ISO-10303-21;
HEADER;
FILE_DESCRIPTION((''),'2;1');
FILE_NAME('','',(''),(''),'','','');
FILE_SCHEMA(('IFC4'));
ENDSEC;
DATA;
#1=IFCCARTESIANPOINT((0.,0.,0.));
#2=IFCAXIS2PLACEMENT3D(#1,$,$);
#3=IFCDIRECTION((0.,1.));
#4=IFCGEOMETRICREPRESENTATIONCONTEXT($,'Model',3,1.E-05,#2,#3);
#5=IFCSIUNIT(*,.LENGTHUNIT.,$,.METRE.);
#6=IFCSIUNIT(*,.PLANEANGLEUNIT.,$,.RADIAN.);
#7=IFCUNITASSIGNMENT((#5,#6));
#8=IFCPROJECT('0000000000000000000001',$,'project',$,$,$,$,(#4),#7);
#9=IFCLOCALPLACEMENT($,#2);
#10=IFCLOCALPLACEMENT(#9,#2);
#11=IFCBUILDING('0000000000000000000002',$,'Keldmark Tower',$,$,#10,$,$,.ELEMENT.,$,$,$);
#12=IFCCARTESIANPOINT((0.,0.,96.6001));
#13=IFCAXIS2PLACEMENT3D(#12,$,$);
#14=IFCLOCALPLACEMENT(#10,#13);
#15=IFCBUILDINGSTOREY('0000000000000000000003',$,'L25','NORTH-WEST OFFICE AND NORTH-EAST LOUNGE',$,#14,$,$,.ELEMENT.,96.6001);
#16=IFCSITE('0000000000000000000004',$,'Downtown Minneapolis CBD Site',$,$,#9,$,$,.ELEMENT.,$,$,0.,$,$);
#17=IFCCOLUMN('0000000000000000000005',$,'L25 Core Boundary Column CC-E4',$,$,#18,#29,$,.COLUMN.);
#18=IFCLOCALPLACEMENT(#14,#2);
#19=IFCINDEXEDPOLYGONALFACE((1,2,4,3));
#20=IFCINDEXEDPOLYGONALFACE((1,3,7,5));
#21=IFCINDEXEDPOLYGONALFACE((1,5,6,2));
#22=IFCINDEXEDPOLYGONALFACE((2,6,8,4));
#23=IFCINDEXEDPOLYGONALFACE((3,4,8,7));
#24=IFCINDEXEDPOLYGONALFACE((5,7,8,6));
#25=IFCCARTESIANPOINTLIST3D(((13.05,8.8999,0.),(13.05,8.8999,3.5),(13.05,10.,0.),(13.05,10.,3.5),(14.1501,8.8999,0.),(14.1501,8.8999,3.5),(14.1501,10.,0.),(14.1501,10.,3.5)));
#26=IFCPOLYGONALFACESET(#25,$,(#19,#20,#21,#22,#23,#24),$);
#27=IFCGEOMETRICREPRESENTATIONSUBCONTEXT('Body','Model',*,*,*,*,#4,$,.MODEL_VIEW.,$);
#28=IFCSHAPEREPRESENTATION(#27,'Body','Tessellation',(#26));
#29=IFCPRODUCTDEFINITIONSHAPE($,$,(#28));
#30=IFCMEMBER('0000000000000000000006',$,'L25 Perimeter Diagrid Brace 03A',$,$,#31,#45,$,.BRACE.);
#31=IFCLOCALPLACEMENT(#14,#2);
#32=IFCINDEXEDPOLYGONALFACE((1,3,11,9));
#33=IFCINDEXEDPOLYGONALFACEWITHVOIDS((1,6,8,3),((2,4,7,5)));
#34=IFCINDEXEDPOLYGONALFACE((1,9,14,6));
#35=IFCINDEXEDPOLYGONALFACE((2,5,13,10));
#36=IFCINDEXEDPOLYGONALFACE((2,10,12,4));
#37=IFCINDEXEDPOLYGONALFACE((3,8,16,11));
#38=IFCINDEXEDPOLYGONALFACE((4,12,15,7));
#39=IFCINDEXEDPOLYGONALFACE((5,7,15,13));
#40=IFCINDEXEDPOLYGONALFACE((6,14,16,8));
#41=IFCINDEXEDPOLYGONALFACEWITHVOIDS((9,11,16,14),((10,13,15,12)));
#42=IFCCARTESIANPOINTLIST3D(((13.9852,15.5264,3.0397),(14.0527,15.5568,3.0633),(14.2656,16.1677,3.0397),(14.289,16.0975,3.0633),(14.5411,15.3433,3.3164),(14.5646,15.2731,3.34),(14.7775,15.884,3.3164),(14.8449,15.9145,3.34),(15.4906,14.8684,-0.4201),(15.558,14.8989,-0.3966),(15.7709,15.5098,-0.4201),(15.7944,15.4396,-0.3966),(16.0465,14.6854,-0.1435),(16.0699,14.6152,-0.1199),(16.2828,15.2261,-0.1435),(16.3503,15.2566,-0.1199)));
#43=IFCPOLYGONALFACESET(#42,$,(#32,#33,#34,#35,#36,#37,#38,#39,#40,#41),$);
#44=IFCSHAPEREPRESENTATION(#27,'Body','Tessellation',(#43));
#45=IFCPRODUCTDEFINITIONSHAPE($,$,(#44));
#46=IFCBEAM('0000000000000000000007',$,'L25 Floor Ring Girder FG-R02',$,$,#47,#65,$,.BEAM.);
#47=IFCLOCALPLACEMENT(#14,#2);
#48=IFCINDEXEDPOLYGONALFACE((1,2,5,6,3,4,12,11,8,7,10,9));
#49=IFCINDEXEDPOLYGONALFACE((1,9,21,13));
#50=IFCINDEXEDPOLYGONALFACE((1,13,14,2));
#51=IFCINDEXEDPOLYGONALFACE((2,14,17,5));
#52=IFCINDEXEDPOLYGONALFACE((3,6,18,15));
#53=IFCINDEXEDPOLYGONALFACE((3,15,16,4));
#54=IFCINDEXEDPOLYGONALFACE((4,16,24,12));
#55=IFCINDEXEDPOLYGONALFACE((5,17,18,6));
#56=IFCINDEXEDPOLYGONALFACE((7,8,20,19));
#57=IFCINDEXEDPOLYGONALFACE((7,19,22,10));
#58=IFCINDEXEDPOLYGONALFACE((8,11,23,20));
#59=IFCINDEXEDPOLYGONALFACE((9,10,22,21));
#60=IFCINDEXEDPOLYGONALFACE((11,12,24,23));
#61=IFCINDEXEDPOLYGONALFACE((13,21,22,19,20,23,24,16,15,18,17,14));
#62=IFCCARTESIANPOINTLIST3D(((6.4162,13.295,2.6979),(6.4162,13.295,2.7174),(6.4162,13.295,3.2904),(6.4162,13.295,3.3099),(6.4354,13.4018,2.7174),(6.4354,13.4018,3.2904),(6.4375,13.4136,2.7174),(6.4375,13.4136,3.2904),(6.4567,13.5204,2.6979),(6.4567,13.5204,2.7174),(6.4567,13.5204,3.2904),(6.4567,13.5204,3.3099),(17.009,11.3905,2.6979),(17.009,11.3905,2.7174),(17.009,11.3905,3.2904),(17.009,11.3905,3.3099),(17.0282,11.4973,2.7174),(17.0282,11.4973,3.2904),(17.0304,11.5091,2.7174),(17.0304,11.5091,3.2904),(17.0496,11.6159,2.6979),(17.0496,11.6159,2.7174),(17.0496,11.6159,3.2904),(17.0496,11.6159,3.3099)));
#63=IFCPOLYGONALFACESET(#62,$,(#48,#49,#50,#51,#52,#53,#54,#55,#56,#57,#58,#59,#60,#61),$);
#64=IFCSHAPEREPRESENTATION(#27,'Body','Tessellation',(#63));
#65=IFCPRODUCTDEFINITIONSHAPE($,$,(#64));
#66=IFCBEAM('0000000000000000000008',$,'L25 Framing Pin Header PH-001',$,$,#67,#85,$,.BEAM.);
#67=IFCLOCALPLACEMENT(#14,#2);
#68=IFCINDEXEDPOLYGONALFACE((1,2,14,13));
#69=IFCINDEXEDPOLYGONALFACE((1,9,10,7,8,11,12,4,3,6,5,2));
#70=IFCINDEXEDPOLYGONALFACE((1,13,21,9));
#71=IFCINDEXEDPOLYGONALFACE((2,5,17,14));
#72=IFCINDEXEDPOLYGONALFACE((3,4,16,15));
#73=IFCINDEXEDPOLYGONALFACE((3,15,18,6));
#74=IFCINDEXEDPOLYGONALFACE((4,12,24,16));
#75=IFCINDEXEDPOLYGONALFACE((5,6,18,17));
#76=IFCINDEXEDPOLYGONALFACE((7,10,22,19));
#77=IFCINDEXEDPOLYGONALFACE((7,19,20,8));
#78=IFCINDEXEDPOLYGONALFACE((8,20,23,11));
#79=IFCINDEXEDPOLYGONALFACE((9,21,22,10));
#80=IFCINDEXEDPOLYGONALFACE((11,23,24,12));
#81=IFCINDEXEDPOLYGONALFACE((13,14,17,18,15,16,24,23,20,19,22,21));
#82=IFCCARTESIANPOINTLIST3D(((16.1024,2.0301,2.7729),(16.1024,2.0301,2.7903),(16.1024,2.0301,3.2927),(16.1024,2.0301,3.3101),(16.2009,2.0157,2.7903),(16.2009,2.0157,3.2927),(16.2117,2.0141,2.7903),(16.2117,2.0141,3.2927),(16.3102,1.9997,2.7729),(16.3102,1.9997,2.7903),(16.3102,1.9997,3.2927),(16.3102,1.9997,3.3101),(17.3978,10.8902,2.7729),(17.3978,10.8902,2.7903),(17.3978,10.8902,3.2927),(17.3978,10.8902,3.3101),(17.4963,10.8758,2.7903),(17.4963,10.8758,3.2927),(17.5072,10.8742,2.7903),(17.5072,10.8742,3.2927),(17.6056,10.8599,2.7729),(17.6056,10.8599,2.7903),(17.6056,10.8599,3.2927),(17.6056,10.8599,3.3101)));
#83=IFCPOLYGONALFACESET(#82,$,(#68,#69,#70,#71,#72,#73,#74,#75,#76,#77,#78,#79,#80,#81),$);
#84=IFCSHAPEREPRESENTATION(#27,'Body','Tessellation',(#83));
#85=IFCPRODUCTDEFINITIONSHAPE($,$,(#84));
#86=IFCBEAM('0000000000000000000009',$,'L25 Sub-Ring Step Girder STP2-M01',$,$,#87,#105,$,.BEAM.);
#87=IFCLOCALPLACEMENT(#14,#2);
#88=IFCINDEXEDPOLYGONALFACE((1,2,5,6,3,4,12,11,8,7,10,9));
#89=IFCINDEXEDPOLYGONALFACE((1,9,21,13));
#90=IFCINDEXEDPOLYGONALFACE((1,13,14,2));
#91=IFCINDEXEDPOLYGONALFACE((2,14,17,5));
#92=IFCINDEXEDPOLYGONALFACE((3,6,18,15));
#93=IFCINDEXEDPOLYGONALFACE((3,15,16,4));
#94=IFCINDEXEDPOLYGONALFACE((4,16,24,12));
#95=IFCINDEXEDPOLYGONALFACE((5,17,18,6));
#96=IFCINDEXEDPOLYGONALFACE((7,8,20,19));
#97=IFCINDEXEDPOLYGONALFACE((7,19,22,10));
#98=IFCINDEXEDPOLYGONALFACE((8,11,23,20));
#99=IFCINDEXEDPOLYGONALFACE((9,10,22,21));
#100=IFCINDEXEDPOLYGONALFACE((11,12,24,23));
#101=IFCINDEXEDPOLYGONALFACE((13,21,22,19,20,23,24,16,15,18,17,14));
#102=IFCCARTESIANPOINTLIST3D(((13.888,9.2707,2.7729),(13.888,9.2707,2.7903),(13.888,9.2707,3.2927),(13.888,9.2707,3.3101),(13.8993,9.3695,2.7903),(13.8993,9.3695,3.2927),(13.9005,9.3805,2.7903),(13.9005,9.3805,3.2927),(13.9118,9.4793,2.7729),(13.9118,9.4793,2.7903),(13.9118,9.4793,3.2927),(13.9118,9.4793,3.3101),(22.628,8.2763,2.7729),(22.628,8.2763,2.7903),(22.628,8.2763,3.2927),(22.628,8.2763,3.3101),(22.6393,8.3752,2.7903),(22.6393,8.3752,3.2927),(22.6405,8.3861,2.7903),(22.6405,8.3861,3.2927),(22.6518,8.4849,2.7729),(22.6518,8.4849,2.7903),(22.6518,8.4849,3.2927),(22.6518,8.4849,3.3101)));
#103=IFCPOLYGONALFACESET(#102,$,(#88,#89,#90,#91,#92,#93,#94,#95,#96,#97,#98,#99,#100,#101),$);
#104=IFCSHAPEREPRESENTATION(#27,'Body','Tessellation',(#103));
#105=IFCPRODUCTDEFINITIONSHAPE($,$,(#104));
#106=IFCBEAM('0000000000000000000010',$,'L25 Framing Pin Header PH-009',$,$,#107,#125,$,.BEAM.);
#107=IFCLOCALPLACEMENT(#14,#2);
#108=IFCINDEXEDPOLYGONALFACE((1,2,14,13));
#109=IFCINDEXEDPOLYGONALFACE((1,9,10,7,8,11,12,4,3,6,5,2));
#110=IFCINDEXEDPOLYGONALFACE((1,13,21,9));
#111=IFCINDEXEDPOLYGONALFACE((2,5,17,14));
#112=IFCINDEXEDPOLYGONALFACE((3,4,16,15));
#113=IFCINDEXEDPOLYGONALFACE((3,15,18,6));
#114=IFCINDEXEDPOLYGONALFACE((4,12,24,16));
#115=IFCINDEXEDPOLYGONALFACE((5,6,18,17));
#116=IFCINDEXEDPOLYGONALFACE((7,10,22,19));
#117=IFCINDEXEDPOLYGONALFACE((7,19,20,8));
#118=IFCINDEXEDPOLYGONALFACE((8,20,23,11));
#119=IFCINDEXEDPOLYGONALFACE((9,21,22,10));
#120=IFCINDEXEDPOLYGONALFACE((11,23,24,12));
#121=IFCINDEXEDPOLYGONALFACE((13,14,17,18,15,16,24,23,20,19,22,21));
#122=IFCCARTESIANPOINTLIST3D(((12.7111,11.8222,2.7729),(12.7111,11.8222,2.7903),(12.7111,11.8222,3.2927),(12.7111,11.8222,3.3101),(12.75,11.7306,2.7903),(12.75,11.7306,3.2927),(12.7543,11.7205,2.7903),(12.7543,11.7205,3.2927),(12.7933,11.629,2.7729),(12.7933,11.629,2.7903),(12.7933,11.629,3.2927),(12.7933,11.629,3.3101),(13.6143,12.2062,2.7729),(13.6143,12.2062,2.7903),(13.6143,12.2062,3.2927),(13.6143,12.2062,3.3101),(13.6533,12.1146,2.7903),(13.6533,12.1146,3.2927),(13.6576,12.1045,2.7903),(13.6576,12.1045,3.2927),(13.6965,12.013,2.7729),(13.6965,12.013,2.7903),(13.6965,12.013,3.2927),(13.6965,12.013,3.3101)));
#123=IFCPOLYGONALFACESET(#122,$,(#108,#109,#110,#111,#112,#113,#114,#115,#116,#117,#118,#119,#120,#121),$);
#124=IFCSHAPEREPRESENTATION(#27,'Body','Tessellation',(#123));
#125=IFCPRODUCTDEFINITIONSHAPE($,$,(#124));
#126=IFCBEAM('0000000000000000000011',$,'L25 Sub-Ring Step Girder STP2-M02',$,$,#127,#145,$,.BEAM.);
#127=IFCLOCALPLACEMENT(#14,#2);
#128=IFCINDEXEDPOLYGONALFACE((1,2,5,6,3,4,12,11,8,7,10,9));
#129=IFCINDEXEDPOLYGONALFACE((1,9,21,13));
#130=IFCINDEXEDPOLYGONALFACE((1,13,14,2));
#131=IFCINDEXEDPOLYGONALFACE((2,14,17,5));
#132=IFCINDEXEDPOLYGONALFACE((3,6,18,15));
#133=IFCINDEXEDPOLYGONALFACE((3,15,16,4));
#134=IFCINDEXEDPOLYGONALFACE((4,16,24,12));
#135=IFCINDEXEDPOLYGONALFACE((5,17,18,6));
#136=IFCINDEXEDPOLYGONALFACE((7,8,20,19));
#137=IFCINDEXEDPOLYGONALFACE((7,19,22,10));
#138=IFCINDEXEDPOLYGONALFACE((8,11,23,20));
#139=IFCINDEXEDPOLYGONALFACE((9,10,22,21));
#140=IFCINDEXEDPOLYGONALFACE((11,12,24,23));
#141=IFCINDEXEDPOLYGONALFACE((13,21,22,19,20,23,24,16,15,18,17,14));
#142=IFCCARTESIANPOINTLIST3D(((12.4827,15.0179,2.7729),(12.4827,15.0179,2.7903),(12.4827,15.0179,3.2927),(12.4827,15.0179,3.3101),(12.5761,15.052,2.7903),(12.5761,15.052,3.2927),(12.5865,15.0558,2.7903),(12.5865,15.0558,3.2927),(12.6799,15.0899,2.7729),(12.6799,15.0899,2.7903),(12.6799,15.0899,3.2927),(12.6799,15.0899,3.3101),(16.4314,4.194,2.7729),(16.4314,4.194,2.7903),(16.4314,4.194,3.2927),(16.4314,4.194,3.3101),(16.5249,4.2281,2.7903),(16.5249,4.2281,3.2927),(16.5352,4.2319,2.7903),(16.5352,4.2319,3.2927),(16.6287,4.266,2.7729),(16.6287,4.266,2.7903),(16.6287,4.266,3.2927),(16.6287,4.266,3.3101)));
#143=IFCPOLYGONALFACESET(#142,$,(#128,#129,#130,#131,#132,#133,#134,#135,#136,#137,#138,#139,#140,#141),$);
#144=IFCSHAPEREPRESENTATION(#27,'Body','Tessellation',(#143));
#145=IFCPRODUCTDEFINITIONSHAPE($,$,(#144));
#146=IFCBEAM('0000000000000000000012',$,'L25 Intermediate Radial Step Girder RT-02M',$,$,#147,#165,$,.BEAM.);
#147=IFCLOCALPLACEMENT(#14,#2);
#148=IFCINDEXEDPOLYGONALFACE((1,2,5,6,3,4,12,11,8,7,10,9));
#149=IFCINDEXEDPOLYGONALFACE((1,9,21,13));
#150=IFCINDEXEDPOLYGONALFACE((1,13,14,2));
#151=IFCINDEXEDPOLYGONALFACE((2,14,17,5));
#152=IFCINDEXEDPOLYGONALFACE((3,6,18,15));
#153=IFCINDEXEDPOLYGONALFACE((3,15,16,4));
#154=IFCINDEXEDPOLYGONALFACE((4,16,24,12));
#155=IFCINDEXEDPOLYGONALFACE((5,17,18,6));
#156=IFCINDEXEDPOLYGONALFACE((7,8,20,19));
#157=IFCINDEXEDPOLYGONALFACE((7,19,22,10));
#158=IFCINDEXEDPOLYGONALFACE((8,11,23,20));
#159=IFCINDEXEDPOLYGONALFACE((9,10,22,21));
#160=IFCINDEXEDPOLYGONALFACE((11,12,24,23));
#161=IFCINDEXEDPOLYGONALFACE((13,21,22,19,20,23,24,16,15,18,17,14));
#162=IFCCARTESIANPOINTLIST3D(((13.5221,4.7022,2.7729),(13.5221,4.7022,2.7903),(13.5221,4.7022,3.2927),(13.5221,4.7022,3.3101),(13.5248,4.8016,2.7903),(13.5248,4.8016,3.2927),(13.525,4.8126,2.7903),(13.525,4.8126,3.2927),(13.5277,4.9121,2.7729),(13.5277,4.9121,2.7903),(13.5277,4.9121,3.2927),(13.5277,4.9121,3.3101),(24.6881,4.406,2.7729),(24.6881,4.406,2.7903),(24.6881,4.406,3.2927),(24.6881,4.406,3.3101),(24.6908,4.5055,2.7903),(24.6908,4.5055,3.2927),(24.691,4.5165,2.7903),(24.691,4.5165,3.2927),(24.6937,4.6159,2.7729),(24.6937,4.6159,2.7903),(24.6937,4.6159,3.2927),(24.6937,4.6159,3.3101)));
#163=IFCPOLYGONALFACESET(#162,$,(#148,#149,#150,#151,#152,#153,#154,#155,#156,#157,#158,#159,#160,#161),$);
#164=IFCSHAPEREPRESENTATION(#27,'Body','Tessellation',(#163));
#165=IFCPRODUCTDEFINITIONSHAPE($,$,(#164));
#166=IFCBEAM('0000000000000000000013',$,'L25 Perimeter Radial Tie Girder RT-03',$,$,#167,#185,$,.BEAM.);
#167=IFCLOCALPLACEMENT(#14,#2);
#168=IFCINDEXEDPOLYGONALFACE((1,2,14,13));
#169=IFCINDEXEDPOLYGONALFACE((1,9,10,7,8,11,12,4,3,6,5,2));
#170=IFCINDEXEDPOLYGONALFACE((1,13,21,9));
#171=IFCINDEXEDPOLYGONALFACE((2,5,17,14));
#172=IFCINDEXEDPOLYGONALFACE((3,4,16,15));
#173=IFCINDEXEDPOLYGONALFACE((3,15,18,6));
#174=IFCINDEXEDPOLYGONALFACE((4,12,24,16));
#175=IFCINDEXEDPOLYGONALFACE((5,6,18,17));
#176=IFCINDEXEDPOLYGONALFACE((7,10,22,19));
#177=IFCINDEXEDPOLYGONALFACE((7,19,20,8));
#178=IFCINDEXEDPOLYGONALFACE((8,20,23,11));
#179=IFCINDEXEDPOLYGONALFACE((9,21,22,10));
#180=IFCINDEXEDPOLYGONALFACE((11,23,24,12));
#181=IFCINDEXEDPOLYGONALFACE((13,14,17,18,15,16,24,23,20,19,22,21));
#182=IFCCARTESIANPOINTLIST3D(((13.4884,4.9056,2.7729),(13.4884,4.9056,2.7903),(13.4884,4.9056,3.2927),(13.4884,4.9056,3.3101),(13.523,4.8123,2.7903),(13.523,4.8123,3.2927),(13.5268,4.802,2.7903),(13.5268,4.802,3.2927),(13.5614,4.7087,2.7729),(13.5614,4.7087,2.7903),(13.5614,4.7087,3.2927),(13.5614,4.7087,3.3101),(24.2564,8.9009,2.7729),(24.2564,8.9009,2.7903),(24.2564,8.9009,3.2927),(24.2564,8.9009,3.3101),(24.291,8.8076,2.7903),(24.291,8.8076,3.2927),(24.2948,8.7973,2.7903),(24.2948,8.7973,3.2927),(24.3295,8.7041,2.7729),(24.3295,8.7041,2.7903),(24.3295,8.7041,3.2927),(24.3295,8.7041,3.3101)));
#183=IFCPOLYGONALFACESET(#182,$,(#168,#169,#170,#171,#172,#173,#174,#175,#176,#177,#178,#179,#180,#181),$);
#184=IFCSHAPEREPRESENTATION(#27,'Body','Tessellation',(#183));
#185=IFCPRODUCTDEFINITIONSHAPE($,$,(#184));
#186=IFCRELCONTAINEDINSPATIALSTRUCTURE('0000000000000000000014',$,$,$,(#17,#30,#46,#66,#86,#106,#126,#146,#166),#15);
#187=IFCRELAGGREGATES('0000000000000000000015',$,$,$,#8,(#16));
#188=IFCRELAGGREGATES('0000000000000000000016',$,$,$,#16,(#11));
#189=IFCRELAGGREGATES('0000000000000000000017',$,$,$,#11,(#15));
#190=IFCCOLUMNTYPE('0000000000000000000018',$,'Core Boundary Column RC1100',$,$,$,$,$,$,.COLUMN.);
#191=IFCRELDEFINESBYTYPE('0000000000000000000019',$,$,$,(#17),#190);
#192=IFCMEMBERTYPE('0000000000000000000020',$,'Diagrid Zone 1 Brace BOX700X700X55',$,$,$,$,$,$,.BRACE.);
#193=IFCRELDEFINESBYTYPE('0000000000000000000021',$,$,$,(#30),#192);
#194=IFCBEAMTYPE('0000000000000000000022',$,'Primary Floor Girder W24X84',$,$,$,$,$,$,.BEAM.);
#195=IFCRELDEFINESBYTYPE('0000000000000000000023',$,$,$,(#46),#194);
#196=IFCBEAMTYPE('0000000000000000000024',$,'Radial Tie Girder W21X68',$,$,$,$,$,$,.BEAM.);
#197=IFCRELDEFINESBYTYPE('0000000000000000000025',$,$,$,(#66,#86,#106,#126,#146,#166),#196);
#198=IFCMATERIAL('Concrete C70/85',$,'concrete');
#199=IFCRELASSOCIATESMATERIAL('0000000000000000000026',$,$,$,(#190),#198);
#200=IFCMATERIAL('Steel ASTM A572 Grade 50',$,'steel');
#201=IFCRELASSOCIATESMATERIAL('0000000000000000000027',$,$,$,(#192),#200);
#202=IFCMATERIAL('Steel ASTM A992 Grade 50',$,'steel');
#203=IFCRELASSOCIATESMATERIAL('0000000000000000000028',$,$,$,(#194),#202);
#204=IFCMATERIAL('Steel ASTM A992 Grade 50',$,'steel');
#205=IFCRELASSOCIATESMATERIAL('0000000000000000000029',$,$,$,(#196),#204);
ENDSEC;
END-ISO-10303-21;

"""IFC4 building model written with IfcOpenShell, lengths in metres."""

from ifc_helpers import new_model, si_unit, direction, frame, origin, origin_2d, place, context, subcontext, project, spatial, rectangle, hollow_rectangle, i_section, extrude, material, material_profile, profile_set, type_object, element, save


model = new_model("IFC4")

# Units and contexts
model_context = context("Model", 3, precision=1e-05, world=origin(), true_north=direction((0.0, 1.0)))
body_context = subcontext(model_context, "Body", "Model", "MODEL_VIEW")
ifc_project = project(units=[si_unit("LENGTHUNIT", "METRE"), si_unit("PLANEANGLEUNIT", "RADIAN")], contexts=[model_context])

# Site, building, storey
site_placement = place(None, origin())
site = spatial("IfcSite", under=ifc_project, at=site_placement, Name="Downtown Minneapolis CBD Site", CompositionType="ELEMENT", RefElevation=0.0)
building_placement = place(site_placement, origin())
building = spatial("IfcBuilding", under=site, at=building_placement, Name="Keldmark Tower", CompositionType="ELEMENT")
storey_placement = place(building_placement, frame((0.0, 0.0, 96.6001)))
storey = spatial("IfcBuildingStorey", under=building, at=storey_placement, Name="L25", Description="NORTH-WEST OFFICE AND NORTH-EAST LOUNGE", CompositionType="ELEMENT", Elevation=96.6001)

# Column
ifc_material_1 = material(Name="Concrete C70/85", Category="concrete")
ifc_material_profile_1 = material_profile(ifc_material_1, rectangle(XDim=1.1001, YDim=1.1001, at=origin_2d()), Name="RC1100X1100")
ifc_profile_set_1 = profile_set([ifc_material_profile_1], Name="Concrete C70/85")
column_type = type_object("IfcColumnType", Name="Core Boundary Column RC1100", PredefinedType="COLUMN", material=ifc_profile_set_1)
column_placement = place(storey_placement, frame((13.6001, 9.45, 0.0), z_axis=(0.0, 0.0, 1.0), x_axis=(1.0, 0.0, 0.0)))
element("IfcColumn", 1, at=column_placement, inside=storey, type_object=column_type, Name="L25 Core Boundary Column CC-E4", PredefinedType="COLUMN", context=body_context, shape_type="SweptSolid", body=[
    extrude(rectangle(XDim=1.1001, YDim=1.1001, at=origin_2d()), origin(), (0.0, 0.0, 1.0), 3.5),
])

# Member
ifc_material_2 = material(Name="Steel ASTM A572 Grade 50", Category="steel")
ifc_material_profile_2 = material_profile(ifc_material_2, hollow_rectangle(XDim=0.7, YDim=0.7, WallThickness=0.0549, at=origin_2d()), Name="BOX700X700X55")
ifc_profile_set_2 = profile_set([ifc_material_profile_2], Name="Steel ASTM A572 Grade 50")
member_type = type_object("IfcMemberType", Name="Diagrid Zone 1 Brace BOX700X700X55", PredefinedType="BRACE", material=ifc_profile_set_2)
member_placement = place(storey_placement, frame((15.9204, 15.0625, -0.27), z_axis=(-0.393027, 0.171782, 0.903338), x_axis=(-0.400491, -0.916301, 0.0)))
element("IfcMember", 2, at=member_placement, inside=storey, type_object=member_type, Name="L25 Perimeter Diagrid Brace 03A", PredefinedType="BRACE", context=body_context, shape_type="SweptSolid", body=[
    extrude(hollow_rectangle(XDim=0.7, YDim=0.7, WallThickness=0.0549, at=origin_2d()), origin(), (0.0, 0.0, 1.0), 3.8301),
])

# Beams
ifc_material_3 = material(Name="Steel ASTM A992 Grade 50", Category="steel")
ifc_material_profile_3 = material_profile(ifc_material_3, i_section(OverallWidth=0.229, OverallDepth=0.6121, WebThickness=0.012, FlangeThickness=0.0195, at=origin_2d()), Name="W24X84")
ifc_profile_set_3 = profile_set([ifc_material_profile_3], Name="Steel ASTM A992 Grade 50")
beam_type_1 = type_object("IfcBeamType", Name="Primary Floor Girder W24X84", PredefinedType="BEAM", material=ifc_profile_set_3)
beam_1_placement = place(storey_placement, frame((17.0293, 11.5032, 3.0039), z_axis=(-0.984218, 0.176959, 0.0), x_axis=(-0.176959, -0.984218, 0.0)))
element("IfcBeam", 3, at=beam_1_placement, inside=storey, type_object=beam_type_1, Name="L25 Floor Ring Girder FG-R02", PredefinedType="BEAM", context=body_context, shape_type="SweptSolid", body=[
    extrude(i_section(OverallWidth=0.229, OverallDepth=0.6121, WebThickness=0.012, FlangeThickness=0.0195, at=origin_2d()), origin(), (0.0, 0.0, 1.0), 10.7627),
])
ifc_material_4 = material(Name="Steel ASTM A992 Grade 50", Category="steel")
ifc_material_profile_4 = material_profile(ifc_material_4, i_section(OverallWidth=0.21, OverallDepth=0.5371, WebThickness=0.011, FlangeThickness=0.0173, at=origin_2d()), Name="W21X68")
ifc_profile_set_4 = profile_set([ifc_material_profile_4], Name="Steel ASTM A992 Grade 50")
beam_type_2 = type_object("IfcBeamType", Name="Radial Tie Girder W21X68", PredefinedType="BEAM", material=ifc_profile_set_4)
beam_2_placement = place(storey_placement, frame((16.2063, 2.0149, 3.0415), z_axis=(0.144669, 0.98948, 0.0), x_axis=(-0.98948, 0.144669, 0.0)))
element("IfcBeam", 4, at=beam_2_placement, inside=storey, type_object=beam_type_2, Name="L25 Framing Pin Header PH-001", PredefinedType="BEAM", context=body_context, shape_type="SweptSolid", body=[
    extrude(i_section(OverallWidth=0.21, OverallDepth=0.5371, WebThickness=0.011, FlangeThickness=0.0173, at=origin_2d()), origin(), (0.0, 0.0, 1.0), 8.9543),
])
beam_3_placement = place(storey_placement, frame((13.8999, 9.375, 3.0415), z_axis=(0.99359, -0.113045, 0.0), x_axis=(0.113045, 0.99359, 0.0)))
element("IfcBeam", 5, at=beam_3_placement, inside=storey, type_object=beam_type_2, Name="L25 Sub-Ring Step Girder STP2-M01", PredefinedType="BEAM", context=body_context, shape_type="SweptSolid", body=[
    extrude(i_section(OverallWidth=0.21, OverallDepth=0.5371, WebThickness=0.011, FlangeThickness=0.0173, at=origin_2d()), origin(), (0.0, 0.0, 1.0), 8.7964),
])
beam_4_placement = place(storey_placement, frame((12.7522, 11.7256, 3.0415), z_axis=(0.920286, 0.391246, 0.0), x_axis=(-0.391246, 0.920286, 0.0)))
element("IfcBeam", 6, at=beam_4_placement, inside=storey, type_object=beam_type_2, Name="L25 Framing Pin Header PH-009", PredefinedType="BEAM", context=body_context, shape_type="SweptSolid", body=[
    extrude(i_section(OverallWidth=0.21, OverallDepth=0.5371, WebThickness=0.011, FlangeThickness=0.0173, at=origin_2d()), origin(), (0.0, 0.0, 1.0), 0.9814),
])
beam_5_placement = place(storey_placement, frame((16.53, 4.23, 3.0415), z_axis=(-0.342719, 0.939438, 0.0), x_axis=(-0.939438, -0.342719, 0.0)))
element("IfcBeam", 7, at=beam_5_placement, inside=storey, type_object=beam_type_2, Name="L25 Sub-Ring Step Girder STP2-M02", PredefinedType="BEAM", context=body_context, shape_type="SweptSolid", body=[
    extrude(i_section(OverallWidth=0.21, OverallDepth=0.5371, WebThickness=0.011, FlangeThickness=0.0173, at=origin_2d()), origin(), (0.0, 0.0, 1.0), 11.5217),
])
beam_6_placement = place(storey_placement, frame((13.5249, 4.8071, 3.0415), z_axis=(0.999648, -0.026512, 0.0), x_axis=(0.026512, 0.999648, 0.0)))
element("IfcBeam", 8, at=beam_6_placement, inside=storey, type_object=beam_type_2, Name="L25 Intermediate Radial Step Girder RT-02M", PredefinedType="BEAM", context=body_context, shape_type="SweptSolid", body=[
    extrude(i_section(OverallWidth=0.21, OverallDepth=0.5371, WebThickness=0.011, FlangeThickness=0.0173, at=origin_2d()), origin(), (0.0, 0.0, 1.0), 11.1699),
])
beam_7_placement = place(storey_placement, frame((13.5249, 4.8071, 3.0415), z_axis=(0.937545, 0.347865, 0.0), x_axis=(-0.347865, 0.937545, 0.0)))
element("IfcBeam", 9, at=beam_7_placement, inside=storey, type_object=beam_type_2, Name="L25 Perimeter Radial Tie Girder RT-03", PredefinedType="BEAM", context=body_context, shape_type="SweptSolid", body=[
    extrude(i_section(OverallWidth=0.21, OverallDepth=0.5371, WebThickness=0.011, FlangeThickness=0.0173, at=origin_2d()), origin(), (0.0, 0.0, 1.0), 11.4854),
])

save(model, "model.ifc")
